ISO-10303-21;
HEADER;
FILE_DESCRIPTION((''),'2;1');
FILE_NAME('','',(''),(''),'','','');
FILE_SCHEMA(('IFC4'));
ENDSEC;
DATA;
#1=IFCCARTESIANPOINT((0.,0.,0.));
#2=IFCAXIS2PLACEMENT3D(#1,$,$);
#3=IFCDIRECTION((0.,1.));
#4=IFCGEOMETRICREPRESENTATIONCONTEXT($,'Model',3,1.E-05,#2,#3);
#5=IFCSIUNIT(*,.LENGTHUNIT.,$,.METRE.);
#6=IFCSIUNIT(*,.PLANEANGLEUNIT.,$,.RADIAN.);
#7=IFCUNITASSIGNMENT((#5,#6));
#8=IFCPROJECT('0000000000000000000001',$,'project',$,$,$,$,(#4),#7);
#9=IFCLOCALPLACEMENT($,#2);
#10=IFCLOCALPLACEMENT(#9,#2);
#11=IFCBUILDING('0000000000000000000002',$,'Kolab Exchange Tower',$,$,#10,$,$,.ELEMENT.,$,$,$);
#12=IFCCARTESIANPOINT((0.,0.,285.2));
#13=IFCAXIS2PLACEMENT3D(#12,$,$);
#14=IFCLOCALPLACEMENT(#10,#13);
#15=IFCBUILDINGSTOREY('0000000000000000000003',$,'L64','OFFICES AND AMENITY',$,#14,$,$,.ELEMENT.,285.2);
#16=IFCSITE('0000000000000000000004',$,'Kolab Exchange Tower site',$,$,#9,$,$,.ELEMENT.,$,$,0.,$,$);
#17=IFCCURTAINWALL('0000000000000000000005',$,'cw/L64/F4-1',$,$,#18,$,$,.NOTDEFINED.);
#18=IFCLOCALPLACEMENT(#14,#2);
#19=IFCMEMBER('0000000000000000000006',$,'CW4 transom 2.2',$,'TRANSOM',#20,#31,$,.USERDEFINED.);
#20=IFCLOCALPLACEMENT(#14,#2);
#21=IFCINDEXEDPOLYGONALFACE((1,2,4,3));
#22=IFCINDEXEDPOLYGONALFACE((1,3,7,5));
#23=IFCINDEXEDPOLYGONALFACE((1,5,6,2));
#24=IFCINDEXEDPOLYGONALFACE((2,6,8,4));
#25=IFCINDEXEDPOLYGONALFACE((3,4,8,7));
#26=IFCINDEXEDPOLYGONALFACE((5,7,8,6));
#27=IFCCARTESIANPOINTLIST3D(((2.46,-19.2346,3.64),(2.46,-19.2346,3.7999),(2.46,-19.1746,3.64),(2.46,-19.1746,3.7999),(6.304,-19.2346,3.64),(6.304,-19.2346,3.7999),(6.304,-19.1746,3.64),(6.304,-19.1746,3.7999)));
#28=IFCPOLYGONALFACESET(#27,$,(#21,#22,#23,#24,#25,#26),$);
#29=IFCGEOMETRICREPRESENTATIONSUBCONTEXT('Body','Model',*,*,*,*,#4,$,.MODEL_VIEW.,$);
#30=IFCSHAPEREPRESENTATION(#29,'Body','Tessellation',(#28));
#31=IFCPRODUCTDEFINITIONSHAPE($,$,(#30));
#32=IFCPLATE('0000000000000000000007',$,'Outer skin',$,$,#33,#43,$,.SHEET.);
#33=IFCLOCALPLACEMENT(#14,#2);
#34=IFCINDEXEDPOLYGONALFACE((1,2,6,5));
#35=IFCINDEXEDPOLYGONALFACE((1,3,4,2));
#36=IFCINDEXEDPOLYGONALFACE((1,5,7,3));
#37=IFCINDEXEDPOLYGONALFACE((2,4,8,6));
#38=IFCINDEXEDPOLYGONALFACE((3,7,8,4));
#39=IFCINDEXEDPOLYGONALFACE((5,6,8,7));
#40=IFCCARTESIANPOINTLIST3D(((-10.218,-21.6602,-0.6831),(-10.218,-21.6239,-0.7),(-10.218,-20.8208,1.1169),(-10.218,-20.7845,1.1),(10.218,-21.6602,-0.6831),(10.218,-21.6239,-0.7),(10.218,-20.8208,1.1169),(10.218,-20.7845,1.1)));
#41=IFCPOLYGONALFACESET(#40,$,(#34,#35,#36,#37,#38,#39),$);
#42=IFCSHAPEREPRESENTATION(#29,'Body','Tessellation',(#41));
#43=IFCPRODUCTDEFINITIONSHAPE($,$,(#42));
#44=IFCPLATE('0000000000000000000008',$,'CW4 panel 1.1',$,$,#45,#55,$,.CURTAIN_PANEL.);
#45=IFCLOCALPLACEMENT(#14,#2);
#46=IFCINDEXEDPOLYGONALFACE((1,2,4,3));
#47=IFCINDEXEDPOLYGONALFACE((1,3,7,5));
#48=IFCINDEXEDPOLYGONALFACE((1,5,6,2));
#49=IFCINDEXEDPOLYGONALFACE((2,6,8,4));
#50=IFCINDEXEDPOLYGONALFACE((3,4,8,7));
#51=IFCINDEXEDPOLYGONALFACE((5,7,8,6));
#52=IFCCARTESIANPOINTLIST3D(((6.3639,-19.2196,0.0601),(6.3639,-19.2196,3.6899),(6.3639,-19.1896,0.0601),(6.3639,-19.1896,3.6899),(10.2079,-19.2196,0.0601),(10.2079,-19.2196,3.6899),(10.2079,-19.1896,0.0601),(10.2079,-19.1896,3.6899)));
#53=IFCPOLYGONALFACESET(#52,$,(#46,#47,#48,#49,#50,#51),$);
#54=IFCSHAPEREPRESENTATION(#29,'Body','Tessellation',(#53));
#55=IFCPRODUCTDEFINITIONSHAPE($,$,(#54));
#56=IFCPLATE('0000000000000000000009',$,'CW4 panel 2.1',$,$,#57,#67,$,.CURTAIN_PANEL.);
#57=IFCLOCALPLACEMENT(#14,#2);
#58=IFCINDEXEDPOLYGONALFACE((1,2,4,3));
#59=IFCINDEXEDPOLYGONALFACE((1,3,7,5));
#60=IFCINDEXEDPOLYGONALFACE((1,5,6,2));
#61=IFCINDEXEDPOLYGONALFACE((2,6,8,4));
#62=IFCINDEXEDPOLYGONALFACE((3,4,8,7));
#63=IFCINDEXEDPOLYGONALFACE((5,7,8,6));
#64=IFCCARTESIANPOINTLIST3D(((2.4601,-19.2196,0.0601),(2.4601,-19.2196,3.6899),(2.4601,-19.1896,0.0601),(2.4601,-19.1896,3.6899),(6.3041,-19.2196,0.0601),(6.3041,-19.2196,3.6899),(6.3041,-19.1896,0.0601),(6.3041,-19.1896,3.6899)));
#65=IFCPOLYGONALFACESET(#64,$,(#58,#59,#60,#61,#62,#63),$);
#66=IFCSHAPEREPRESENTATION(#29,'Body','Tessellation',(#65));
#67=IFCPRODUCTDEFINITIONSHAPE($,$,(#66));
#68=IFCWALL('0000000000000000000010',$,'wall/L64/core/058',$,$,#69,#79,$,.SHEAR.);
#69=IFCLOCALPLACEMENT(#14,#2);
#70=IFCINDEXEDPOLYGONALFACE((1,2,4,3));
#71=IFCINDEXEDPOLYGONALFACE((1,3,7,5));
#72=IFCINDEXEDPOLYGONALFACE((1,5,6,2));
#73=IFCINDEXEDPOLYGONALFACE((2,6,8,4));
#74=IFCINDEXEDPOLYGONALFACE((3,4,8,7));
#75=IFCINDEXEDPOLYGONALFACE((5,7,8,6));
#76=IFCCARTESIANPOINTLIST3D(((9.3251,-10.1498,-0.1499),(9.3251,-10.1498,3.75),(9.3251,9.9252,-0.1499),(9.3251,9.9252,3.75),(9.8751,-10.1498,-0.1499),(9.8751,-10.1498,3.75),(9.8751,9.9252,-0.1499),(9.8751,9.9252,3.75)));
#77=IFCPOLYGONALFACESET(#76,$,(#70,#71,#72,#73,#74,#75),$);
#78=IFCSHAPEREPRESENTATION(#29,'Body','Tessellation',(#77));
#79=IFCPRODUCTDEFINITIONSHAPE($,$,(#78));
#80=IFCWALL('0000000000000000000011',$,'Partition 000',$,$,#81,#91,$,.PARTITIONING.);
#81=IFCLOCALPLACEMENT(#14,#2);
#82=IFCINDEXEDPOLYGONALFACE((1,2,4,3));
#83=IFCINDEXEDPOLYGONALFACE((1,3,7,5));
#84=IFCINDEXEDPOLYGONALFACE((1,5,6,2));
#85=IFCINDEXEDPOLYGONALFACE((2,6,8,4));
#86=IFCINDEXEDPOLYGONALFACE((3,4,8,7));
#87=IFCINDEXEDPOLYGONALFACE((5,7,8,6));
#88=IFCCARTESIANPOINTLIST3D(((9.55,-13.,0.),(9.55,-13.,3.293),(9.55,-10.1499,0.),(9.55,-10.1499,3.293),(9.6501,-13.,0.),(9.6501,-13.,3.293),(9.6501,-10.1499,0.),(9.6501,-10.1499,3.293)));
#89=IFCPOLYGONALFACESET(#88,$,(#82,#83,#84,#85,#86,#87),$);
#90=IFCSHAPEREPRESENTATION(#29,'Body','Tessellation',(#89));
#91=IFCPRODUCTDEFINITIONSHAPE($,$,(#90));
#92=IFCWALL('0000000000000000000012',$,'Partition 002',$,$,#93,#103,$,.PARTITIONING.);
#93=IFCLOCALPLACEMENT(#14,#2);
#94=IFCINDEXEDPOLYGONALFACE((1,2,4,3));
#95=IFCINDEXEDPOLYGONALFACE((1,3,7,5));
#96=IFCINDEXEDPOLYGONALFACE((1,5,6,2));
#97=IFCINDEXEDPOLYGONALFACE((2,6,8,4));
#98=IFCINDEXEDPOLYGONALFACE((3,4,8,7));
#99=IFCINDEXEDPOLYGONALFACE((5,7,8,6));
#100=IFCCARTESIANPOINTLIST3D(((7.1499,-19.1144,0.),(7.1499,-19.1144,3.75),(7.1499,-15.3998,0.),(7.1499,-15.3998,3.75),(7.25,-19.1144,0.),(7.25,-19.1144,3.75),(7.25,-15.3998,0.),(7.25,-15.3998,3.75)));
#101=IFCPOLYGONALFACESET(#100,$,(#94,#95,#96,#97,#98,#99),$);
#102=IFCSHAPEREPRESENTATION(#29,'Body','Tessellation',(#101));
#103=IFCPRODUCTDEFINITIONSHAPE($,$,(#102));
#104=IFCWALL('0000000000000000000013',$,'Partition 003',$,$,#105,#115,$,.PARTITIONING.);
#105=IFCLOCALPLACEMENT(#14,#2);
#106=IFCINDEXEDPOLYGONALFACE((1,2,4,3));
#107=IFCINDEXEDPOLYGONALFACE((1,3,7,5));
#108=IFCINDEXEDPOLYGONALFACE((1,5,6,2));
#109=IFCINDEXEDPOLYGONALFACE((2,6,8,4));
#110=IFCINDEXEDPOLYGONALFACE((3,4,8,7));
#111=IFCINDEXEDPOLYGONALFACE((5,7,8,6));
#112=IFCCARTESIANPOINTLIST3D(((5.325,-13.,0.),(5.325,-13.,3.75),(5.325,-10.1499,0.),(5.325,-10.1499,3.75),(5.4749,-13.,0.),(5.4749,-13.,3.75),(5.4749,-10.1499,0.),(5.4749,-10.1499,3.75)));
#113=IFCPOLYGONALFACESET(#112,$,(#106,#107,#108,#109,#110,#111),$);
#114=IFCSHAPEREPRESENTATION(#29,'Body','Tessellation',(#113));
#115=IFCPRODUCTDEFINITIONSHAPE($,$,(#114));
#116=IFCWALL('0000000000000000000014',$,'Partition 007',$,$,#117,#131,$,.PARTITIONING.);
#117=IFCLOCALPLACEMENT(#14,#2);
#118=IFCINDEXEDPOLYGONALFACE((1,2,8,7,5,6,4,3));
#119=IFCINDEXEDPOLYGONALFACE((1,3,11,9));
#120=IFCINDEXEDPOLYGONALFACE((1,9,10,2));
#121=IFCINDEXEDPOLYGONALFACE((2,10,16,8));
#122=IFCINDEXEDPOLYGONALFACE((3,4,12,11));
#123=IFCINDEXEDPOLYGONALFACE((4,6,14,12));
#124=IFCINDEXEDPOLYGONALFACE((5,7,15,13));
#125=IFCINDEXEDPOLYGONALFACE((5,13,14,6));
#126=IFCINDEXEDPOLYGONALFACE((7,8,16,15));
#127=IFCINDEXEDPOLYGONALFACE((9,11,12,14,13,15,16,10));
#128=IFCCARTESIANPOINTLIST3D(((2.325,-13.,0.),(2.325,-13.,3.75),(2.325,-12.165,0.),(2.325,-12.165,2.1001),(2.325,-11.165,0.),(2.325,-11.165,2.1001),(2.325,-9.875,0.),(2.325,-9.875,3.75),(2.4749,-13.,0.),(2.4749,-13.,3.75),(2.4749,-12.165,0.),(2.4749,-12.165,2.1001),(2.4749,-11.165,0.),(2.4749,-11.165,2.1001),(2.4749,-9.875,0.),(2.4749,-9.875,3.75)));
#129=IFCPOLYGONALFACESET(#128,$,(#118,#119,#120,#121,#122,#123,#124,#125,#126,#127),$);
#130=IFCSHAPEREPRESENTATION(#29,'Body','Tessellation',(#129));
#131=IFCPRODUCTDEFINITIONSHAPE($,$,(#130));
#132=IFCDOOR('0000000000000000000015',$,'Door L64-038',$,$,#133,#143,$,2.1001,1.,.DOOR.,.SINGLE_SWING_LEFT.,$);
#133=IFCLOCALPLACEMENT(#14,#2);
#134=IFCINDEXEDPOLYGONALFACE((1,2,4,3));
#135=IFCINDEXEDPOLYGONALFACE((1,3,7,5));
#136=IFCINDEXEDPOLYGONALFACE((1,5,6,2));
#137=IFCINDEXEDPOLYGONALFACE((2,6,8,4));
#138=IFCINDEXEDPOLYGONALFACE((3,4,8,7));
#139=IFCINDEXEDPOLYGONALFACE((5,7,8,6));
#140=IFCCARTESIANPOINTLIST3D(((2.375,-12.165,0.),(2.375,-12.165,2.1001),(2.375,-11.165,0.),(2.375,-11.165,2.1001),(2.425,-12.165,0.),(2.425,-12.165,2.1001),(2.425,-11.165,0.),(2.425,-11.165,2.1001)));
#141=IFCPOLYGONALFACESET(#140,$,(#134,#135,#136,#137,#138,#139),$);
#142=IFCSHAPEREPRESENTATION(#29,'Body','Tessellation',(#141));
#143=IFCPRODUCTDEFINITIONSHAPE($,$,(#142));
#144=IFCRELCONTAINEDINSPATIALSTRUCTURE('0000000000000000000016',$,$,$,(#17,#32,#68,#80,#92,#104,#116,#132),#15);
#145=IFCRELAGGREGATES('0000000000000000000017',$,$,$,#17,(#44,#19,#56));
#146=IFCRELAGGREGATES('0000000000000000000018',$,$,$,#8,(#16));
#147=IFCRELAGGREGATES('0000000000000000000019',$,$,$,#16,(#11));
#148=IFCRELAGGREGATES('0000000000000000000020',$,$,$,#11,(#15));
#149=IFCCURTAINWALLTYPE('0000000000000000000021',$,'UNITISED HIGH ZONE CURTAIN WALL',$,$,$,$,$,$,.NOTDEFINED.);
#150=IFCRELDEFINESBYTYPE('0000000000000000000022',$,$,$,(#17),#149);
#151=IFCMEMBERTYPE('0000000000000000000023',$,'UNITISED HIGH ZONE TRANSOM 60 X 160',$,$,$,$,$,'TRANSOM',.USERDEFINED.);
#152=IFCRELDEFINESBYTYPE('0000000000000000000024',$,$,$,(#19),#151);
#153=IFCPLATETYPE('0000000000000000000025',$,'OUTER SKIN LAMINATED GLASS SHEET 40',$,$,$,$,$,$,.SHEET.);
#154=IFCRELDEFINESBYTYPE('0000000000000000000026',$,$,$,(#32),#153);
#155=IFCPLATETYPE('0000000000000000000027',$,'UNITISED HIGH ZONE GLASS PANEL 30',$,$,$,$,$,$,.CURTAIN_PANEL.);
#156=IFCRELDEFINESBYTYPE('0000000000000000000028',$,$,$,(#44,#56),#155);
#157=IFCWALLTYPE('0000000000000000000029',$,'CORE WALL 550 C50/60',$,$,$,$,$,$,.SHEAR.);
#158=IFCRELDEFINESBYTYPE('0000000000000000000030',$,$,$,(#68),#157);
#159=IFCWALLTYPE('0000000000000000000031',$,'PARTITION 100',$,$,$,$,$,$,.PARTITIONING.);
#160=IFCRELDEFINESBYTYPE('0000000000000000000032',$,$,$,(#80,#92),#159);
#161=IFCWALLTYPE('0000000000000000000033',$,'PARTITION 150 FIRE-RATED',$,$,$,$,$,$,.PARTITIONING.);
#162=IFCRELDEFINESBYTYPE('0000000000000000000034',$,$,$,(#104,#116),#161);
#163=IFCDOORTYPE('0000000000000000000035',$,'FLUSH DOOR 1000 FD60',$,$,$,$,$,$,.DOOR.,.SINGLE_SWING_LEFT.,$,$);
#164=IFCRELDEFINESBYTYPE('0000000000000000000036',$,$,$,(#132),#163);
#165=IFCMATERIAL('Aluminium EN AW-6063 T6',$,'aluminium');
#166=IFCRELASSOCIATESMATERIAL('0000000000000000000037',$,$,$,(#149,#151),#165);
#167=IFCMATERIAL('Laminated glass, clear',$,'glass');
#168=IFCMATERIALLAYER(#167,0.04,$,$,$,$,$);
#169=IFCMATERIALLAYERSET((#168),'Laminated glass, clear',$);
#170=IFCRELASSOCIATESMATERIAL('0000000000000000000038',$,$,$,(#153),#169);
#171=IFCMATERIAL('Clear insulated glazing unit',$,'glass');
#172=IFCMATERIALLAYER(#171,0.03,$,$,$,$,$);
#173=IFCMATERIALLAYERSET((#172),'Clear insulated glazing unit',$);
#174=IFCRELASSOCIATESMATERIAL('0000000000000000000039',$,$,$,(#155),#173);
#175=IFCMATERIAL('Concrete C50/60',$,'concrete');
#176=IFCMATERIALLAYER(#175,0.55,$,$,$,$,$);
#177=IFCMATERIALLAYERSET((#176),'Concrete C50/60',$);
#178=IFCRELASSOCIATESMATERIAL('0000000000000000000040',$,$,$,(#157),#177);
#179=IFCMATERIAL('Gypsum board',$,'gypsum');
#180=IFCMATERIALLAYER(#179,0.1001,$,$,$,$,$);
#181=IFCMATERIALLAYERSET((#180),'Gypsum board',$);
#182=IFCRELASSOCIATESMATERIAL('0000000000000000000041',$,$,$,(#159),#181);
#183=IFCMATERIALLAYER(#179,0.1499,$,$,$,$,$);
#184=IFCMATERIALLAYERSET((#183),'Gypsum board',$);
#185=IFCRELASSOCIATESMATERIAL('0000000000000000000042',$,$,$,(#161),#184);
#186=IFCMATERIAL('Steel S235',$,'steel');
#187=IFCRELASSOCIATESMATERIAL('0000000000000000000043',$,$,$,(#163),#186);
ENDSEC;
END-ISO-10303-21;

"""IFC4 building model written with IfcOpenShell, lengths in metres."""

from ifc_helpers import new_model, si_unit, direction, frame, frame_2d, origin, origin_2d, place, context, subcontext, project, spatial, polyline, rectangle, outline, extrude, material, layer, layer_set, material_profile, profile_set, type_object, element, fill, aggregate, save


model = new_model("IFC4")

# Units and contexts
model_context = context("Model", 3, precision=1e-05, world=origin(), true_north=direction((0.0, 1.0)))
body_context = subcontext(model_context, "Body", "Model", "MODEL_VIEW")
ifc_project = project(units=[si_unit("LENGTHUNIT", "METRE"), si_unit("PLANEANGLEUNIT", "RADIAN")], contexts=[model_context])

# Site, building, storey
site_placement = place(None, origin())
site = spatial("IfcSite", under=ifc_project, at=site_placement, Name="Kolab Exchange Tower site", CompositionType="ELEMENT", RefElevation=0.0)
building_placement = place(site_placement, origin())
building = spatial("IfcBuilding", under=site, at=building_placement, Name="Kolab Exchange Tower", CompositionType="ELEMENT")
storey_placement = place(building_placement, frame((0.0, 0.0, 285.2)))
storey = spatial("IfcBuildingStorey", under=building, at=storey_placement, Name="L64", Description="OFFICES AND AMENITY", CompositionType="ELEMENT", Elevation=285.2)

# Shared definitions
ifc_material_1 = material(Name="Concrete C50/60", Category="concrete")

# Curtain wall
ifc_material_2 = material(Name="Aluminium EN AW-6063 T6", Category="aluminium")
curtain_wall_type = type_object("IfcCurtainWallType", Name="UNITISED HIGH ZONE CURTAIN WALL", PredefinedType="NOTDEFINED", material=ifc_material_2)
curtain_wall_1_placement = place(storey_placement, origin())
curtain_wall_1 = element("IfcCurtainWall", 1, at=curtain_wall_1_placement, inside=storey, type_object=curtain_wall_type, Name="cw/L64/F4-1", PredefinedType="NOTDEFINED")

# Member
ifc_material_profile_1 = material_profile(ifc_material_2, rectangle(XDim=0.0601, YDim=0.1599, at=origin_2d()), Name="RECT 60X160")
ifc_profile_set_1 = profile_set([ifc_material_profile_1], Name="Aluminium EN AW-6063 T6")
member_type_1 = type_object("IfcMemberType", Name="UNITISED HIGH ZONE TRANSOM 60 X 160", ElementType="TRANSOM", PredefinedType="USERDEFINED", material=ifc_profile_set_1)
member_1_placement = place(storey_placement, frame((6.304, -19.2046, 3.72), z_axis=(-1.0, 0.0, 0.0), x_axis=(0.0, -1.0, 0.0)))
member_1 = element("IfcMember", 2, at=member_1_placement, type_object=member_type_1, Name="CW4 transom 2.2", ObjectType="TRANSOM", PredefinedType="USERDEFINED", context=body_context, shape_type="SweptSolid", body=[
    extrude(rectangle(XDim=0.0601, YDim=0.1599, at=origin_2d()), origin(), (0.0, 0.0, 1.0), 3.844),
])

# Plates
ifc_material_3 = material(Name="Laminated glass, clear", Category="glass")
ifc_layer_1 = layer(ifc_material_3, 0.04)
ifc_layer_set_1 = layer_set([ifc_layer_1], Name="Laminated glass, clear")
plate_type_1 = type_object("IfcPlateType", Name="OUTER SKIN LAMINATED GLASS SHEET 40", PredefinedType="SHEET", material=ifc_layer_set_1)
plate_1_placement = place(storey_placement, frame((10.218, -21.6602, -0.6831), z_axis=(0.0, -0.906312, 0.42261), x_axis=(-1.0, 0.0, 0.0)))
element("IfcPlate", 3, at=plate_1_placement, inside=storey, type_object=plate_type_1, Name="Outer skin", PredefinedType="SHEET", context=body_context, shape_type="SweptSolid", body=[
    extrude(outline(polyline([(0.0, 0.0), (20.436, 0.0), (20.436, -1.9861), (0.0, -1.9861), (0.0, 0.0)])), origin(), (0.0, 0.0, -1.0), 0.04),
])
ifc_material_4 = material(Name="Clear insulated glazing unit", Category="glass")
ifc_layer_2 = layer(ifc_material_4, 0.03)
ifc_layer_set_2 = layer_set([ifc_layer_2], Name="Clear insulated glazing unit")
plate_type_2 = type_object("IfcPlateType", Name="UNITISED HIGH ZONE GLASS PANEL 30", PredefinedType="CURTAIN_PANEL", material=ifc_layer_set_2)
plate_2_placement = place(storey_placement, frame((8.2859, -19.2046, 0.0601), z_axis=(0.0, 0.0, 1.0), x_axis=(-1.0, 0.0, 0.0)))
plate_2 = element("IfcPlate", 4, at=plate_2_placement, type_object=plate_type_2, Name="CW4 panel 1.1", PredefinedType="CURTAIN_PANEL", context=body_context, shape_type="SweptSolid", body=[
    extrude(rectangle(XDim=3.844, YDim=0.03, at=origin_2d()), origin(), (0.0, 0.0, 1.0), 3.6299),
])
plate_3_placement = place(storey_placement, frame((4.3821, -19.2046, 0.0601), z_axis=(0.0, 0.0, 1.0), x_axis=(-1.0, 0.0, 0.0)))
plate_3 = element("IfcPlate", 5, at=plate_3_placement, type_object=plate_type_2, Name="CW4 panel 2.1", PredefinedType="CURTAIN_PANEL", context=body_context, shape_type="SweptSolid", body=[
    extrude(rectangle(XDim=3.844, YDim=0.03, at=origin_2d()), origin(), (0.0, 0.0, 1.0), 3.6299),
])
aggregate(curtain_wall_1, [plate_2, member_1, plate_3])

# Wall
ifc_layer_3 = layer(ifc_material_1, 0.55)
ifc_layer_set_3 = layer_set([ifc_layer_3], Name="Concrete C50/60")
wall_type_1 = type_object("IfcWallType", Name="CORE WALL 550 C50/60", PredefinedType="SHEAR", material=ifc_layer_set_3)
wall_1_placement = place(storey_placement, frame((9.6001, -10.1499, -0.1499), z_axis=(0.0, 0.0, 1.0), x_axis=(0.0, 1.0, 0.0)))
element("IfcWall", 6, at=wall_1_placement, inside=storey, type_object=wall_type_1, Name="wall/L64/core/058", PredefinedType="SHEAR", context=body_context, shape_type="SweptSolid", body=[
    extrude(rectangle(XDim=20.075, YDim=0.55, at=frame_2d((10.0376, 0.0))), origin(), (0.0, 0.0, 1.0), 3.8999),
])

# Walls
ifc_material_5 = material(Name="Gypsum board", Category="gypsum")
ifc_layer_4 = layer(ifc_material_5, 0.1001)
ifc_layer_set_4 = layer_set([ifc_layer_4], Name="Gypsum board")
wall_type_2 = type_object("IfcWallType", Name="PARTITION 100", PredefinedType="PARTITIONING", material=ifc_layer_set_4)
wall_2_placement = place(storey_placement, frame((9.6001, -13.0, 0.0), z_axis=(0.0, 0.0, 1.0), x_axis=(0.0, 1.0, 0.0)))
element("IfcWall", 7, at=wall_2_placement, inside=storey, type_object=wall_type_2, Name="Partition 000", PredefinedType="PARTITIONING", context=body_context, shape_type="SweptSolid", body=[
    extrude(rectangle(XDim=2.8501, YDim=0.1001, at=frame_2d((1.425, 0.0))), origin(), (0.0, 0.0, 1.0), 3.293),
])
wall_3_placement = place(storey_placement, frame((7.2, -19.1145, 0.0), z_axis=(0.0, 0.0, 1.0), x_axis=(0.0, 1.0, 0.0)))
element("IfcWall", 8, at=wall_3_placement, inside=storey, type_object=wall_type_2, Name="Partition 002", PredefinedType="PARTITIONING", context=body_context, shape_type="SweptSolid", body=[
    extrude(rectangle(XDim=3.7146, YDim=0.1001, at=frame_2d((1.8574, 0.0))), origin(), (0.0, 0.0, 1.0), 3.75),
])
ifc_layer_5 = layer(ifc_material_5, 0.1499)
ifc_layer_set_5 = layer_set([ifc_layer_5], Name="Gypsum board")
wall_type_3 = type_object("IfcWallType", Name="PARTITION 150 FIRE-RATED", PredefinedType="PARTITIONING", material=ifc_layer_set_5)
wall_4_placement = place(storey_placement, frame((5.3999, -13.0, 0.0), z_axis=(0.0, 0.0, 1.0), x_axis=(0.0, 1.0, 0.0)))
element("IfcWall", 9, at=wall_4_placement, inside=storey, type_object=wall_type_3, Name="Partition 003", PredefinedType="PARTITIONING", context=body_context, shape_type="SweptSolid", body=[
    extrude(rectangle(XDim=2.8501, YDim=0.1499, at=frame_2d((1.425, 0.0))), origin(), (0.0, 0.0, 1.0), 3.75),
])

# Wall, opening, door
wall_5_placement = place(storey_placement, frame((2.3999, -13.0, 0.0), z_axis=(0.0, 0.0, 1.0), x_axis=(0.0, 1.0, 0.0)))
wall_5 = element("IfcWall", 10, at=wall_5_placement, inside=storey, type_object=wall_type_3, Name="Partition 007", PredefinedType="PARTITIONING", context=body_context, shape_type="SweptSolid", body=[
    extrude(rectangle(XDim=3.125, YDim=0.1499, at=frame_2d((1.5625, 0.0))), origin(), (0.0, 0.0, 1.0), 3.75),
])
opening_1_placement = place(wall_5_placement, frame((0.835, 0.0, 0.0)))
opening_1 = element("IfcOpeningElement", 11, at=opening_1_placement, cuts=wall_5, PredefinedType="OPENING", context=body_context, shape_type="SweptSolid", body=[
    extrude(rectangle(XDim=1.0, YDim=2.1001, at=frame_2d((0.5, 1.05))), frame((0.0, 0.085, 0.0), z_axis=(0.0, -1.0, 0.0), x_axis=(1.0, 0.0, 0.0)), (0.0, 0.0, 1.0), 0.1699),
])
ifc_material_6 = material(Name="Steel S235", Category="steel")
door_type_1 = type_object("IfcDoorType", Name="FLUSH DOOR 1000 FD60", OperationType="SINGLE_SWING_LEFT", PredefinedType="DOOR", material=ifc_material_6)
door_1_placement = place(opening_1_placement, origin())
door_1 = element("IfcDoor", 12, at=door_1_placement, inside=storey, type_object=door_type_1, Name="Door L64-038", OperationType="SINGLE_SWING_LEFT", OverallHeight=2.1001, OverallWidth=1.0, PredefinedType="DOOR", context=body_context, shape_type="SweptSolid", body=[
    extrude(rectangle(XDim=1.0, YDim=2.1001, at=frame_2d((0.5, 1.05))), frame((0.0, 0.0249, 0.0), z_axis=(0.0, -1.0, 0.0), x_axis=(1.0, 0.0, 0.0)), (0.0, 0.0, 1.0), 0.05),
])
fill(opening_1, door_1)

save(model, "model.ifc")
